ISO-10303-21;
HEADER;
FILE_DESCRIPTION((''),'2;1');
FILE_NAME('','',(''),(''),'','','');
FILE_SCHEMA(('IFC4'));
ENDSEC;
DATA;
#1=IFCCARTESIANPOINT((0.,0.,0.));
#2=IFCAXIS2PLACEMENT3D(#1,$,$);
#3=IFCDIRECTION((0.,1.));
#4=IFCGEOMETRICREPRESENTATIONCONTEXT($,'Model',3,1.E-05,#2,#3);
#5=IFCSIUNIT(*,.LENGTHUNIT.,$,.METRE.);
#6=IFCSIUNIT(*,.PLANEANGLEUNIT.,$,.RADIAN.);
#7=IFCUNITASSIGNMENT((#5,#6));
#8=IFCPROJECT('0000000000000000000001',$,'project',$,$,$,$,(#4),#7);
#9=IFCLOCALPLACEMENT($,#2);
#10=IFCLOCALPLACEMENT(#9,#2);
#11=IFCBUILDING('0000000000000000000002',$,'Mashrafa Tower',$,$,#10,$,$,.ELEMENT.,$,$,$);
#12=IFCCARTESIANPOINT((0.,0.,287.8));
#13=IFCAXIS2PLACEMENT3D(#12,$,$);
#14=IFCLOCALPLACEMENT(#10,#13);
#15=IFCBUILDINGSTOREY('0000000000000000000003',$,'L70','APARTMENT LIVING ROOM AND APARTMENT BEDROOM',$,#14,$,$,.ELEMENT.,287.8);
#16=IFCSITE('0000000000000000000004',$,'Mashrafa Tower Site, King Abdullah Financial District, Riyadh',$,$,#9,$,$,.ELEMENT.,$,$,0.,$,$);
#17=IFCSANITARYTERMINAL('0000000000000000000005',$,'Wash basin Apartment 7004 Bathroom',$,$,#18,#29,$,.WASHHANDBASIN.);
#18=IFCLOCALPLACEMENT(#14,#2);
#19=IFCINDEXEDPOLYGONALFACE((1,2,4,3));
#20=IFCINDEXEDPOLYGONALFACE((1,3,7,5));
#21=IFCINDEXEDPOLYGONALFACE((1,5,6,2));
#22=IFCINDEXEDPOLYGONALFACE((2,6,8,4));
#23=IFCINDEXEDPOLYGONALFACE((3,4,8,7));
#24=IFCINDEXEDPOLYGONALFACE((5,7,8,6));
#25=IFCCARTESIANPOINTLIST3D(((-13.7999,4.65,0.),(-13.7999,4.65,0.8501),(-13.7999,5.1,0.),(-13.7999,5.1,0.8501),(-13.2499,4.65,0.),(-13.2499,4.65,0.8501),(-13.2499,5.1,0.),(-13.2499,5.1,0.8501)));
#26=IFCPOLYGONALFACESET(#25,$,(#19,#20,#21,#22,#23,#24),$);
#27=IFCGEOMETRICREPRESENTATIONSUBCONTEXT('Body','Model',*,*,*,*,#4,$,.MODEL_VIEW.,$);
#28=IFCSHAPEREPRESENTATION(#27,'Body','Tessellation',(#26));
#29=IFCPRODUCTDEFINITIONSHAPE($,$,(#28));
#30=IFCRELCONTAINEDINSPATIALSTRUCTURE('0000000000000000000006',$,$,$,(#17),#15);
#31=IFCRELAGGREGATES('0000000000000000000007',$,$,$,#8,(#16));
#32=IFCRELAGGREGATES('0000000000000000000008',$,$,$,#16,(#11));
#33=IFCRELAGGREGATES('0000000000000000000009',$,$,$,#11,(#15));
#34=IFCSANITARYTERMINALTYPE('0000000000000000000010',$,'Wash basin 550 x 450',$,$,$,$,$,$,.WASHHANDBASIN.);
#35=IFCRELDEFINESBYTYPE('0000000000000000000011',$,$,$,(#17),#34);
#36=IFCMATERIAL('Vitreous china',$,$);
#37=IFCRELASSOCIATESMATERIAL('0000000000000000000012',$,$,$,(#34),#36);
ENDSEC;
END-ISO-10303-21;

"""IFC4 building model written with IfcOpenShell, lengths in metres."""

from ifc_helpers import new_model, si_unit, direction, frame, origin, origin_2d, place, context, subcontext, project, spatial, rectangle, extrude, material, type_object, element, save


model = new_model("IFC4")

# Units and contexts
model_context = context("Model", 3, precision=1e-05, world=origin(), true_north=direction((0.0, 1.0)))
body_context = subcontext(model_context, "Body", "Model", "MODEL_VIEW")
ifc_project = project(units=[si_unit("LENGTHUNIT", "METRE"), si_unit("PLANEANGLEUNIT", "RADIAN")], contexts=[model_context])

# Site, building, storey
site_placement = place(None, origin())
site = spatial("IfcSite", under=ifc_project, at=site_placement, Name="Mashrafa Tower Site, King Abdullah Financial District, Riyadh", CompositionType="ELEMENT", RefElevation=0.0)
building_placement = place(site_placement, origin())
building = spatial("IfcBuilding", under=site, at=building_placement, Name="Mashrafa Tower", CompositionType="ELEMENT")
storey_placement = place(building_placement, frame((0.0, 0.0, 287.8)))
storey = spatial("IfcBuildingStorey", under=building, at=storey_placement, Name="L70", Description="APARTMENT LIVING ROOM AND APARTMENT BEDROOM", CompositionType="ELEMENT", Elevation=287.8)

# Sanitary terminal
ifc_material_1 = material(Name="Vitreous china")
sanitary_terminal_type_1 = type_object("IfcSanitaryTerminalType", Name="Wash basin 550 x 450", PredefinedType="WASHHANDBASIN", material=ifc_material_1)
sanitary_terminal_1_placement = place(storey_placement, frame((-13.5249, 4.875, 0.0), z_axis=(0.0, 0.0, 1.0), x_axis=(1.0, 0.0, 0.0)))
element("IfcSanitaryTerminal", 1, at=sanitary_terminal_1_placement, inside=storey, type_object=sanitary_terminal_type_1, Name="Wash basin Apartment 7004 Bathroom", PredefinedType="WASHHANDBASIN", context=body_context, shape_type="SweptSolid", body=[
    extrude(rectangle(XDim=0.55, YDim=0.45, at=origin_2d()), origin(), (0.0, 0.0, 1.0), 0.8501),
])

save(model, "model.ifc")
